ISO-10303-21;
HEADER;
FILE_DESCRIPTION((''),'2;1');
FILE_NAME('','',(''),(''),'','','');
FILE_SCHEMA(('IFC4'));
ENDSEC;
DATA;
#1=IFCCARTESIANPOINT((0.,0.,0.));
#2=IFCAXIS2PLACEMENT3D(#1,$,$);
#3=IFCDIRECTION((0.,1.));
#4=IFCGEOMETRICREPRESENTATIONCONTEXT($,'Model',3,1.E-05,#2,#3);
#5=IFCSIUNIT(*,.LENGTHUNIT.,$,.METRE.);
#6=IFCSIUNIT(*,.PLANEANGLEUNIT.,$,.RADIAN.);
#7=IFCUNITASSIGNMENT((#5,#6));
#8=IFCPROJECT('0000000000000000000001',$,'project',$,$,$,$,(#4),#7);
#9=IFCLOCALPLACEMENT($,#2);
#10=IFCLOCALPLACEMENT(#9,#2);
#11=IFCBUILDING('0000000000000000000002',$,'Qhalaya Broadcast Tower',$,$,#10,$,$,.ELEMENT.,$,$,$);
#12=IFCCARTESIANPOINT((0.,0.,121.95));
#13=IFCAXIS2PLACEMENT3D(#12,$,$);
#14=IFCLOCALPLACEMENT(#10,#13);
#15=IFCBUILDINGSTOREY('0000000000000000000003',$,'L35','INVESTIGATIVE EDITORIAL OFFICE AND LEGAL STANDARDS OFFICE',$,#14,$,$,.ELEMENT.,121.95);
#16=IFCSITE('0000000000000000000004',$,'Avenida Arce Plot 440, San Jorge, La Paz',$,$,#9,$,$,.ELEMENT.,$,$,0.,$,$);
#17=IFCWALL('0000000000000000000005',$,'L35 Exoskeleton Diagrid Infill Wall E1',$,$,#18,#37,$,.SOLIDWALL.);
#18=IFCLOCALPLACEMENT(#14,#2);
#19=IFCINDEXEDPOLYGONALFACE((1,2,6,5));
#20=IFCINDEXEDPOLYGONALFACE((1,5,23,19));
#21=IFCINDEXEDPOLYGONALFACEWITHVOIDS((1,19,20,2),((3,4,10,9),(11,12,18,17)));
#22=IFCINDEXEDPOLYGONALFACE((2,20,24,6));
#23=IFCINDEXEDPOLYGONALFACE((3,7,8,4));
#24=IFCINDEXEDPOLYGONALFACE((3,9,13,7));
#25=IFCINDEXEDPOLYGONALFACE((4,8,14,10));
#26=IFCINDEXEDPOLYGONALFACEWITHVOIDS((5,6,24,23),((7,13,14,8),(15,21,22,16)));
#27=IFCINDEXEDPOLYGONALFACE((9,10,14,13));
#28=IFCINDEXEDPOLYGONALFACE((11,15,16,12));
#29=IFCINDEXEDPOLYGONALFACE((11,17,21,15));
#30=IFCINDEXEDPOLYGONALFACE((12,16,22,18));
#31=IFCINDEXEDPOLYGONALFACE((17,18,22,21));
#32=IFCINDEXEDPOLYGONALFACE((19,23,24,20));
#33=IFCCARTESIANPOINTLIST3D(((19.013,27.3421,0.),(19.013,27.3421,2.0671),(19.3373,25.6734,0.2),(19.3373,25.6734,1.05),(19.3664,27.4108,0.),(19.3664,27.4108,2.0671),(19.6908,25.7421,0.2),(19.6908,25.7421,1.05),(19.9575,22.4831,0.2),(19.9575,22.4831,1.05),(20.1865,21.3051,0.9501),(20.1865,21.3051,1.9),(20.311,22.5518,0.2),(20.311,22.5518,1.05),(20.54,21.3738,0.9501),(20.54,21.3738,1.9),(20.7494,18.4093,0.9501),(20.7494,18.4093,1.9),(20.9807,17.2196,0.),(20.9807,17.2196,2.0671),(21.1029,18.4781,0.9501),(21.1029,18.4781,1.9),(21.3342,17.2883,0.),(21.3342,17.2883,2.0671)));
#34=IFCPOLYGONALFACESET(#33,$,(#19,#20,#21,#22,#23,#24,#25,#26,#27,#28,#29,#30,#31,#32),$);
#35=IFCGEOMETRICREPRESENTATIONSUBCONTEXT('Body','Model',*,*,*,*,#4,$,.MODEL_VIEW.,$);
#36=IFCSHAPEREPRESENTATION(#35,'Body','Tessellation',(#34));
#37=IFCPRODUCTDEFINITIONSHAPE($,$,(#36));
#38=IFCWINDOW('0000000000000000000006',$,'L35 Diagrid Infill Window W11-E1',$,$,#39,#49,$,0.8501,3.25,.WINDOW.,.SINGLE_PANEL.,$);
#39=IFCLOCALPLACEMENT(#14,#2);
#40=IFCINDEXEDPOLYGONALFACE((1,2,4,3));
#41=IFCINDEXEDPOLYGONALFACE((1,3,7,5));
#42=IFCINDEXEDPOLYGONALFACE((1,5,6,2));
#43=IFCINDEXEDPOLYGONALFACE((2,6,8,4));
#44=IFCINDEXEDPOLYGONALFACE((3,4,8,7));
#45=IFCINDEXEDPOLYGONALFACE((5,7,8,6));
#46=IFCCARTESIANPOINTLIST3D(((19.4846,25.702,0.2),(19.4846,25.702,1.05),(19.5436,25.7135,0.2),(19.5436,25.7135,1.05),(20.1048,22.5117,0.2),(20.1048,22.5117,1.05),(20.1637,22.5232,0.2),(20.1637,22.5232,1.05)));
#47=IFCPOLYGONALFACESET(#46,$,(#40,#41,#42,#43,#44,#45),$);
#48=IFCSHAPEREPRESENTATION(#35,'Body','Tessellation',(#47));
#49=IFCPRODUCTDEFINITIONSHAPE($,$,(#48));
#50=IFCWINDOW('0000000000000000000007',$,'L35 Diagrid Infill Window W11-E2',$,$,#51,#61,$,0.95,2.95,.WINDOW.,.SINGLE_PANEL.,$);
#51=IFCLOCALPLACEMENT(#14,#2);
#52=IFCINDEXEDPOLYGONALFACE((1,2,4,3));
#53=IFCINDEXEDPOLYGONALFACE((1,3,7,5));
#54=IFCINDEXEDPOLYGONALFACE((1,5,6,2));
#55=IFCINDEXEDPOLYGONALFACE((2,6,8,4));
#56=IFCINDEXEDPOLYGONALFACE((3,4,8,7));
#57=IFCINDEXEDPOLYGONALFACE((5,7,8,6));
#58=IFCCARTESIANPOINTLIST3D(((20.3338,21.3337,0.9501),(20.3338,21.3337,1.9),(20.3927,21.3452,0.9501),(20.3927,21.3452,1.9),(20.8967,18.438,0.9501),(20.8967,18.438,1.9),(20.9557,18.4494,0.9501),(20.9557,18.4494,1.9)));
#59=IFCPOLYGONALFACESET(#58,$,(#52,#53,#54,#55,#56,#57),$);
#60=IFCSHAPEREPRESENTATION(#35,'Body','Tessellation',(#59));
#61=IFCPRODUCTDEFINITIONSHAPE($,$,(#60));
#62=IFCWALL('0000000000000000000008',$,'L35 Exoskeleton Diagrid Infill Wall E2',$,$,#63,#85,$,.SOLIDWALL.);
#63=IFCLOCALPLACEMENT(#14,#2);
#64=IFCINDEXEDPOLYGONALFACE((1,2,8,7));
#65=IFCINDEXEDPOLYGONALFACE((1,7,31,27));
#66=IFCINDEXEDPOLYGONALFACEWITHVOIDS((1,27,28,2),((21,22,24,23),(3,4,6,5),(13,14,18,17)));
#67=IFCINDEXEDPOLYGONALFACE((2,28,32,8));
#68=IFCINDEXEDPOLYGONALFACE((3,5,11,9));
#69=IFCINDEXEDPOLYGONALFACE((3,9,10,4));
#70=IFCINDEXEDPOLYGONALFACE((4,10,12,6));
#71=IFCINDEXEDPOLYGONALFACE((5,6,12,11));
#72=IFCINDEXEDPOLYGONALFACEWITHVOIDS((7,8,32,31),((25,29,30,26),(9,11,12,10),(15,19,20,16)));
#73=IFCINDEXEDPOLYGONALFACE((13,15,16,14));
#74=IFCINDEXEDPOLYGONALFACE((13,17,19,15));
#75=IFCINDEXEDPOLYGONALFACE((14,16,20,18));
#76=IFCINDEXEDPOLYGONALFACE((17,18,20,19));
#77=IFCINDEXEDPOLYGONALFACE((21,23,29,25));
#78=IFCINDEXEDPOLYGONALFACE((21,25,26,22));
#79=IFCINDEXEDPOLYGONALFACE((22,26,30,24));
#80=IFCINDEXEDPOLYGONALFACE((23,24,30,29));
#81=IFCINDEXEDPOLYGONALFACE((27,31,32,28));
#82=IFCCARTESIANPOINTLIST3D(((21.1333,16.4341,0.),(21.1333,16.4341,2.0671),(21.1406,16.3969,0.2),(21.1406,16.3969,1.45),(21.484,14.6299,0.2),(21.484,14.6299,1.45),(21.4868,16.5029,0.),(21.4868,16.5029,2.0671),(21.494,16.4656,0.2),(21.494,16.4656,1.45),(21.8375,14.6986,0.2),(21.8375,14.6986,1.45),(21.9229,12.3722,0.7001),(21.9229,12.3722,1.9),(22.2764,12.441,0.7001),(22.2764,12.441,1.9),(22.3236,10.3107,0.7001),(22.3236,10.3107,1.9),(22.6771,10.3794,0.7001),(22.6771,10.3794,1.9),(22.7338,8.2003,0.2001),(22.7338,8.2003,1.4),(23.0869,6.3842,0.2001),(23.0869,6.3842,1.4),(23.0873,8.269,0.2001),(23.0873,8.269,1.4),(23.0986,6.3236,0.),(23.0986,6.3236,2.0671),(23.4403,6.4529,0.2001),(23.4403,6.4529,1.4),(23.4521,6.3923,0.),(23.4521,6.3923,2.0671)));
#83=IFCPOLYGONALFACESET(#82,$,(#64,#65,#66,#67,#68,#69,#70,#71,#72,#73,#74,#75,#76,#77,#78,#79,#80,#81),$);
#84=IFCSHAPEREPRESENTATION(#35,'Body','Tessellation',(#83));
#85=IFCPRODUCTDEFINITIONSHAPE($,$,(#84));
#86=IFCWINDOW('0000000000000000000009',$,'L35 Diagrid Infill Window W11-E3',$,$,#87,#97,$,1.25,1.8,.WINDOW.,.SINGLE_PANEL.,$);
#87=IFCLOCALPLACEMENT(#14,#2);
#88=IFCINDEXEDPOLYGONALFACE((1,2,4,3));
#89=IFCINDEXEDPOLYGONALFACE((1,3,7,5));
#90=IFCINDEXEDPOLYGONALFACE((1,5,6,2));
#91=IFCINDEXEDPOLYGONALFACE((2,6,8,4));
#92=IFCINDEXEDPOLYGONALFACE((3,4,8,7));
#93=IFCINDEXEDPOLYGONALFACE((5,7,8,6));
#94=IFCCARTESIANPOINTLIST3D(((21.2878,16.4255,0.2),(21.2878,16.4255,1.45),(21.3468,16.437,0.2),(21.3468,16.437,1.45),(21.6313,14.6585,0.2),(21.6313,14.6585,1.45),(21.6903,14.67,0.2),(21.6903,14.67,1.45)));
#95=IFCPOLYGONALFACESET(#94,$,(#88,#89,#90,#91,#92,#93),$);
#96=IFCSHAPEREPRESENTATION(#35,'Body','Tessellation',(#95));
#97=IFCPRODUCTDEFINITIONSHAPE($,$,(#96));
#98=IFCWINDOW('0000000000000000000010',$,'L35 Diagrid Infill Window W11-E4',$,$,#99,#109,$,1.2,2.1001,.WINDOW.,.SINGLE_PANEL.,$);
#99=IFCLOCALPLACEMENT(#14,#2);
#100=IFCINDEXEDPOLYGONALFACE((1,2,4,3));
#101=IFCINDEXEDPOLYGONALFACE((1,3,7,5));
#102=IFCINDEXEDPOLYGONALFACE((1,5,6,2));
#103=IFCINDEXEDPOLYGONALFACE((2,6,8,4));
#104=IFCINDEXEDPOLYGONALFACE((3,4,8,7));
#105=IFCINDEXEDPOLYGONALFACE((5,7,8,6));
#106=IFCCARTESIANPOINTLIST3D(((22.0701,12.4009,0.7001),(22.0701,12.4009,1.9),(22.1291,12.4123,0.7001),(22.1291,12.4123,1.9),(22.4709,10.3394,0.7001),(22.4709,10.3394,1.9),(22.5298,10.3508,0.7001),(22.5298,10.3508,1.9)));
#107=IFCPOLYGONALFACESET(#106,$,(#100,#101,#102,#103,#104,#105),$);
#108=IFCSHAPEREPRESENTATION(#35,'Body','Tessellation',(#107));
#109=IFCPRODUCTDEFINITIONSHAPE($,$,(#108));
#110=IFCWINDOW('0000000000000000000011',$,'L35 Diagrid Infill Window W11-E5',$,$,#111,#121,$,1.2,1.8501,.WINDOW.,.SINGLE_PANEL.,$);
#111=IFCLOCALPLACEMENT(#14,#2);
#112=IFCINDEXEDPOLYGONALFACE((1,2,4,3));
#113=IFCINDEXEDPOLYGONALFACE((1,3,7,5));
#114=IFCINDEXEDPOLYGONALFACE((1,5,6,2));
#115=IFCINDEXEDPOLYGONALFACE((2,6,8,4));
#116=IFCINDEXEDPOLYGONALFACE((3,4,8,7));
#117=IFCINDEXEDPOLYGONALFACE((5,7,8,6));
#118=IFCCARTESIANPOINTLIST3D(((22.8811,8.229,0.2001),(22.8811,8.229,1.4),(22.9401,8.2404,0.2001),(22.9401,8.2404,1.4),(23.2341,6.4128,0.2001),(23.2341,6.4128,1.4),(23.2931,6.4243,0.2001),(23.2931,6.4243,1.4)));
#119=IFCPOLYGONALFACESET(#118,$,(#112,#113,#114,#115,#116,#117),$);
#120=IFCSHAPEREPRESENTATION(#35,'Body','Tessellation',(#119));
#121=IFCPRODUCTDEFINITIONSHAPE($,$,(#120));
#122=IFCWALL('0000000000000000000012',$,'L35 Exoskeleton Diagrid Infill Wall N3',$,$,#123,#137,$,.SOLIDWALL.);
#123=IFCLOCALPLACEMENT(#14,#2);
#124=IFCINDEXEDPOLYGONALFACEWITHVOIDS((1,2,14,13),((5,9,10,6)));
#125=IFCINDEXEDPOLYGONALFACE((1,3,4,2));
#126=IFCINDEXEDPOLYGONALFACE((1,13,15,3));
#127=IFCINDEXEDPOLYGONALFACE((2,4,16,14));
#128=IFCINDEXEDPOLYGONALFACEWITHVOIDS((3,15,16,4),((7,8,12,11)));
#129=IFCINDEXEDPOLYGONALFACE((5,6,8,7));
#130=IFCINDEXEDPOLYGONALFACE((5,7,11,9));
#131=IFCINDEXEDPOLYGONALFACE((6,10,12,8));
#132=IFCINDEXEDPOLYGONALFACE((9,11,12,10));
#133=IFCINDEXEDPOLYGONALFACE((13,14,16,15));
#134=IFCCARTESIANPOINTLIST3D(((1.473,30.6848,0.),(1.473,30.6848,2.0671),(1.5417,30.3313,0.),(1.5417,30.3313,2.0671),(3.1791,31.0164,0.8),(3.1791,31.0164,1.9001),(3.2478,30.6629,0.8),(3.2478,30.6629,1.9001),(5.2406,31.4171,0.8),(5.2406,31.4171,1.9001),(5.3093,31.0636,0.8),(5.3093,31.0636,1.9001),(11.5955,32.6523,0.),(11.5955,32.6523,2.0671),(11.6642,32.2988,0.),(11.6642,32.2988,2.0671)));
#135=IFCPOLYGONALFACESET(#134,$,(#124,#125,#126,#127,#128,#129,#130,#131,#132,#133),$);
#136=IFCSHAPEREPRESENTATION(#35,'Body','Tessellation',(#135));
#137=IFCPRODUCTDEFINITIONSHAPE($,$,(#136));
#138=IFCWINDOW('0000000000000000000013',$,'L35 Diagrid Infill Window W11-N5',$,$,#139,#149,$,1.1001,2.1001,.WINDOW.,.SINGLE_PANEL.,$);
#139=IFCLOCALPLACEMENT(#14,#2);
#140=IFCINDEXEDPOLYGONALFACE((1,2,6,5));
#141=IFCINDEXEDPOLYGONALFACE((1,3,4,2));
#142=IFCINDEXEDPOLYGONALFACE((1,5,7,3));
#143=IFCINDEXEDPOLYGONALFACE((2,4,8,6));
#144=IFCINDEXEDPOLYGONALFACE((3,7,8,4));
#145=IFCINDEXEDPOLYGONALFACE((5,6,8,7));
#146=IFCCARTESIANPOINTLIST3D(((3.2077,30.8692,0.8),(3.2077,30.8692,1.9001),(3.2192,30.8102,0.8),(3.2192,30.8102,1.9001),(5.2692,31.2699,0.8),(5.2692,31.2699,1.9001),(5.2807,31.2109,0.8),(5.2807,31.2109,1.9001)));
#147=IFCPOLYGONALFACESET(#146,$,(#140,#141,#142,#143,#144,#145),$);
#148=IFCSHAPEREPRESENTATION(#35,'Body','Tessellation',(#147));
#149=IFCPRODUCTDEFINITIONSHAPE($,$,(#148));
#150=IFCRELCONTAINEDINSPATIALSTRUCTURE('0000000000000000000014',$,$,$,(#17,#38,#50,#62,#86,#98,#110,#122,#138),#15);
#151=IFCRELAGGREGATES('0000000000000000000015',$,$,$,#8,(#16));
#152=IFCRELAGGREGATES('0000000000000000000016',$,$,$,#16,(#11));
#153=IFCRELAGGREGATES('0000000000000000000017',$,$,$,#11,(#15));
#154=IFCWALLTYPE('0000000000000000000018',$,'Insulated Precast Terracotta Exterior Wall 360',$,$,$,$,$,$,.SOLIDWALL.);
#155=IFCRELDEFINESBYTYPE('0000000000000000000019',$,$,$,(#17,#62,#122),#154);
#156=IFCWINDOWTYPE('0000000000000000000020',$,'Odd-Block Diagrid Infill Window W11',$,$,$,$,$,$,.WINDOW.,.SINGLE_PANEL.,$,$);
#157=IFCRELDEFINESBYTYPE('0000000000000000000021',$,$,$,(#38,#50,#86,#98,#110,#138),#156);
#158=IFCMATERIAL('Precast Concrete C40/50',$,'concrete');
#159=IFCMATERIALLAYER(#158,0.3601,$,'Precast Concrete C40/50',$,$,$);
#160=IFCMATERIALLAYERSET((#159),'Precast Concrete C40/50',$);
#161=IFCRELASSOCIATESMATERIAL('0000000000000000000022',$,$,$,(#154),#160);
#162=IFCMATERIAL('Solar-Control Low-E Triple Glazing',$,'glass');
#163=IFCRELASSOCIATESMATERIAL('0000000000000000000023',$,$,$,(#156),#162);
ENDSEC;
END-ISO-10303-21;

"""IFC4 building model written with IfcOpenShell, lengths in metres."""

from ifc_helpers import new_model, si_unit, direction, frame, frame_2d, origin, place, context, subcontext, project, spatial, rectangle, extrude, material, layer, layer_set, type_object, element, fill, save


model = new_model("IFC4")

# Units and contexts
model_context = context("Model", 3, precision=1e-05, world=origin(), true_north=direction((0.0, 1.0)))
body_context = subcontext(model_context, "Body", "Model", "MODEL_VIEW")
ifc_project = project(units=[si_unit("LENGTHUNIT", "METRE"), si_unit("PLANEANGLEUNIT", "RADIAN")], contexts=[model_context])

# Site, building, storey
site_placement = place(None, origin())
site = spatial("IfcSite", under=ifc_project, at=site_placement, Name="Avenida Arce Plot 440, San Jorge, La Paz", CompositionType="ELEMENT", RefElevation=0.0)
building_placement = place(site_placement, origin())
building = spatial("IfcBuilding", under=site, at=building_placement, Name="Qhalaya Broadcast Tower", CompositionType="ELEMENT")
storey_placement = place(building_placement, frame((0.0, 0.0, 121.95)))
storey = spatial("IfcBuildingStorey", under=building, at=storey_placement, Name="L35", Description="INVESTIGATIVE EDITORIAL OFFICE AND LEGAL STANDARDS OFFICE", CompositionType="ELEMENT", Elevation=121.95)

# Walls, openings, windows
ifc_material_1 = material(Name="Precast Concrete C40/50", Category="concrete")
ifc_layer = layer(ifc_material_1, 0.3601, Name="Precast Concrete C40/50")
ifc_layer_set = layer_set([ifc_layer], Name="Precast Concrete C40/50")
wall_type = type_object("IfcWallType", Name="Insulated Precast Terracotta Exterior Wall 360", PredefinedType="SOLIDWALL", material=ifc_layer_set)
wall_1_placement = place(storey_placement, frame((19.1897, 27.3765, 0.0), z_axis=(0.0, 0.0, 1.0), x_axis=(0.190823, -0.981625, 0.0)))
wall_1 = element("IfcWall", 1, at=wall_1_placement, inside=storey, type_object=wall_type, Name="L35 Exoskeleton Diagrid Infill Wall E1", PredefinedType="SOLIDWALL", context=body_context, shape_type="SweptSolid", body=[
    extrude(rectangle(XDim=10.312, YDim=0.3601, at=frame_2d((5.156, 0.0))), origin(), (0.0, 0.0, 1.0), 2.0671),
])
opening_1_placement = place(wall_1_placement, frame((1.7, 0.0, 0.2)))
opening_1 = element("IfcOpeningElement", 2, at=opening_1_placement, cuts=wall_1, PredefinedType="OPENING", context=body_context, shape_type="SweptSolid", body=[
    extrude(rectangle(XDim=3.25, YDim=0.8501, at=frame_2d((1.625, 0.425))), frame((0.0, 0.1921, 0.0), z_axis=(0.0, -1.0, 0.0), x_axis=(1.0, 0.0, 0.0)), (0.0, 0.0, 1.0), 0.384),
])
opening_2_placement = place(wall_1_placement, frame((6.1499, 0.0, 0.95)))
opening_2 = element("IfcOpeningElement", 3, at=opening_2_placement, cuts=wall_1, PredefinedType="OPENING", context=body_context, shape_type="SweptSolid", body=[
    extrude(rectangle(XDim=2.95, YDim=0.95, at=frame_2d((1.4751, 0.4751))), frame((0.0, 0.1921, 0.0), z_axis=(0.0, -1.0, 0.0), x_axis=(1.0, 0.0, 0.0)), (0.0, 0.0, 1.0), 0.384),
])
ifc_material_2 = material(Name="Solar-Control Low-E Triple Glazing", Category="glass")
window_type = type_object("IfcWindowType", Name="Odd-Block Diagrid Infill Window W11", PartitioningType="SINGLE_PANEL", PredefinedType="WINDOW", material=ifc_material_2)
window_1_placement = place(opening_1_placement, origin())
window_1 = element("IfcWindow", 4, at=window_1_placement, inside=storey, type_object=window_type, Name="L35 Diagrid Infill Window W11-E1", OverallHeight=0.8501, OverallWidth=3.25, PartitioningType="SINGLE_PANEL", PredefinedType="WINDOW", context=body_context, shape_type="SweptSolid", body=[
    extrude(rectangle(XDim=3.25, YDim=0.8501, at=frame_2d((1.625, 0.425))), frame((0.0, 0.03, 0.0), z_axis=(0.0, -1.0, 0.0), x_axis=(1.0, 0.0, 0.0)), (0.0, 0.0, 1.0), 0.0601),
])
fill(opening_1, window_1)
window_2_placement = place(opening_2_placement, origin())
window_2 = element("IfcWindow", 5, at=window_2_placement, inside=storey, type_object=window_type, Name="L35 Diagrid Infill Window W11-E2", OverallHeight=0.95, OverallWidth=2.95, PartitioningType="SINGLE_PANEL", PredefinedType="WINDOW", context=body_context, shape_type="SweptSolid", body=[
    extrude(rectangle(XDim=2.95, YDim=0.95, at=frame_2d((1.4751, 0.4751))), frame((0.0, 0.03, 0.0), z_axis=(0.0, -1.0, 0.0), x_axis=(1.0, 0.0, 0.0)), (0.0, 0.0, 1.0), 0.0601),
])
fill(opening_2, window_2)
wall_2_placement = place(storey_placement, frame((21.3101, 16.4685, 0.0), z_axis=(0.0, 0.0, 1.0), x_axis=(0.190812, -0.981627, 0.0)))
wall_2 = element("IfcWall", 6, at=wall_2_placement, inside=storey, type_object=wall_type, Name="L35 Exoskeleton Diagrid Infill Wall E2", PredefinedType="SOLIDWALL", context=body_context, shape_type="SweptSolid", body=[
    extrude(rectangle(XDim=10.2998, YDim=0.3601, at=frame_2d((5.1499, 0.0))), origin(), (0.0, 0.0, 1.0), 2.0671),
])
opening_3_placement = place(wall_2_placement, frame((0.0381, 0.0, 0.2)))
opening_3 = element("IfcOpeningElement", 7, at=opening_3_placement, cuts=wall_2, PredefinedType="OPENING", context=body_context, shape_type="SweptSolid", body=[
    extrude(rectangle(XDim=1.8, YDim=1.25, at=frame_2d((0.8999, 0.625))), frame((0.0, 0.1921, 0.0), z_axis=(0.0, -1.0, 0.0), x_axis=(1.0, 0.0, 0.0)), (0.0, 0.0, 1.0), 0.384),
])
opening_4_placement = place(wall_2_placement, frame((4.1379, 0.0, 0.7)))
opening_4 = element("IfcOpeningElement", 8, at=opening_4_placement, cuts=wall_2, PredefinedType="OPENING", context=body_context, shape_type="SweptSolid", body=[
    extrude(rectangle(XDim=2.1001, YDim=1.2, at=frame_2d((1.05, 0.6001))), frame((0.0, 0.1921, 0.0), z_axis=(0.0, -1.0, 0.0), x_axis=(1.0, 0.0, 0.0)), (0.0, 0.0, 1.0), 0.384),
])
opening_5_placement = place(wall_2_placement, frame((8.3879, 0.0, 0.2)))
opening_5 = element("IfcOpeningElement", 9, at=opening_5_placement, cuts=wall_2, PredefinedType="OPENING", context=body_context, shape_type="SweptSolid", body=[
    extrude(rectangle(XDim=1.8501, YDim=1.2, at=frame_2d((0.925, 0.6001))), frame((0.0, 0.1921, 0.0), z_axis=(0.0, -1.0, 0.0), x_axis=(1.0, 0.0, 0.0)), (0.0, 0.0, 1.0), 0.384),
])
window_3_placement = place(opening_3_placement, origin())
window_3 = element("IfcWindow", 10, at=window_3_placement, inside=storey, type_object=window_type, Name="L35 Diagrid Infill Window W11-E3", OverallHeight=1.25, OverallWidth=1.8, PartitioningType="SINGLE_PANEL", PredefinedType="WINDOW", context=body_context, shape_type="SweptSolid", body=[
    extrude(rectangle(XDim=1.8, YDim=1.25, at=frame_2d((0.8999, 0.625))), frame((0.0, 0.03, 0.0), z_axis=(0.0, -1.0, 0.0), x_axis=(1.0, 0.0, 0.0)), (0.0, 0.0, 1.0), 0.0601),
])
fill(opening_3, window_3)
window_4_placement = place(opening_4_placement, origin())
window_4 = element("IfcWindow", 11, at=window_4_placement, inside=storey, type_object=window_type, Name="L35 Diagrid Infill Window W11-E4", OverallHeight=1.2, OverallWidth=2.1001, PartitioningType="SINGLE_PANEL", PredefinedType="WINDOW", context=body_context, shape_type="SweptSolid", body=[
    extrude(rectangle(XDim=2.1001, YDim=1.2, at=frame_2d((1.05, 0.6001))), frame((0.0, 0.03, 0.0), z_axis=(0.0, -1.0, 0.0), x_axis=(1.0, 0.0, 0.0)), (0.0, 0.0, 1.0), 0.0601),
])
fill(opening_4, window_4)
window_5_placement = place(opening_5_placement, origin())
window_5 = element("IfcWindow", 12, at=window_5_placement, inside=storey, type_object=window_type, Name="L35 Diagrid Infill Window W11-E5", OverallHeight=1.2, OverallWidth=1.8501, PartitioningType="SINGLE_PANEL", PredefinedType="WINDOW", context=body_context, shape_type="SweptSolid", body=[
    extrude(rectangle(XDim=1.8501, YDim=1.2, at=frame_2d((0.925, 0.6001))), frame((0.0, 0.03, 0.0), z_axis=(0.0, -1.0, 0.0), x_axis=(1.0, 0.0, 0.0)), (0.0, 0.0, 1.0), 0.0601),
])
fill(opening_5, window_5)

# Wall, opening, window
wall_3_placement = place(storey_placement, frame((1.5073, 30.5081, 0.0), z_axis=(0.0, 0.0, 1.0), x_axis=(0.981629, 0.1908, 0.0)))
wall_3 = element("IfcWall", 13, at=wall_3_placement, inside=storey, type_object=wall_type, Name="L35 Exoskeleton Diagrid Infill Wall N3", PredefinedType="SOLIDWALL", context=body_context, shape_type="SweptSolid", body=[
    extrude(rectangle(XDim=10.312, YDim=0.3601, at=frame_2d((5.156, 0.0))), origin(), (0.0, 0.0, 1.0), 2.0671),
])
opening_6_placement = place(wall_3_placement, frame((1.738, 0.0, 0.8)))
opening_6 = element("IfcOpeningElement", 14, at=opening_6_placement, cuts=wall_3, PredefinedType="OPENING", context=body_context, shape_type="SweptSolid", body=[
    extrude(rectangle(XDim=2.1001, YDim=1.1001, at=frame_2d((1.05, 0.55))), frame((0.0, 0.1921, 0.0), z_axis=(0.0, -1.0, 0.0), x_axis=(1.0, 0.0, 0.0)), (0.0, 0.0, 1.0), 0.384),
])
window_6_placement = place(opening_6_placement, origin())
window_6 = element("IfcWindow", 15, at=window_6_placement, inside=storey, type_object=window_type, Name="L35 Diagrid Infill Window W11-N5", OverallHeight=1.1001, OverallWidth=2.1001, PartitioningType="SINGLE_PANEL", PredefinedType="WINDOW", context=body_context, shape_type="SweptSolid", body=[
    extrude(rectangle(XDim=2.1001, YDim=1.1001, at=frame_2d((1.05, 0.55))), frame((0.0, 0.03, 0.0), z_axis=(0.0, -1.0, 0.0), x_axis=(1.0, 0.0, 0.0)), (0.0, 0.0, 1.0), 0.0601),
])
fill(opening_6, window_6)

save(model, "model.ifc")
